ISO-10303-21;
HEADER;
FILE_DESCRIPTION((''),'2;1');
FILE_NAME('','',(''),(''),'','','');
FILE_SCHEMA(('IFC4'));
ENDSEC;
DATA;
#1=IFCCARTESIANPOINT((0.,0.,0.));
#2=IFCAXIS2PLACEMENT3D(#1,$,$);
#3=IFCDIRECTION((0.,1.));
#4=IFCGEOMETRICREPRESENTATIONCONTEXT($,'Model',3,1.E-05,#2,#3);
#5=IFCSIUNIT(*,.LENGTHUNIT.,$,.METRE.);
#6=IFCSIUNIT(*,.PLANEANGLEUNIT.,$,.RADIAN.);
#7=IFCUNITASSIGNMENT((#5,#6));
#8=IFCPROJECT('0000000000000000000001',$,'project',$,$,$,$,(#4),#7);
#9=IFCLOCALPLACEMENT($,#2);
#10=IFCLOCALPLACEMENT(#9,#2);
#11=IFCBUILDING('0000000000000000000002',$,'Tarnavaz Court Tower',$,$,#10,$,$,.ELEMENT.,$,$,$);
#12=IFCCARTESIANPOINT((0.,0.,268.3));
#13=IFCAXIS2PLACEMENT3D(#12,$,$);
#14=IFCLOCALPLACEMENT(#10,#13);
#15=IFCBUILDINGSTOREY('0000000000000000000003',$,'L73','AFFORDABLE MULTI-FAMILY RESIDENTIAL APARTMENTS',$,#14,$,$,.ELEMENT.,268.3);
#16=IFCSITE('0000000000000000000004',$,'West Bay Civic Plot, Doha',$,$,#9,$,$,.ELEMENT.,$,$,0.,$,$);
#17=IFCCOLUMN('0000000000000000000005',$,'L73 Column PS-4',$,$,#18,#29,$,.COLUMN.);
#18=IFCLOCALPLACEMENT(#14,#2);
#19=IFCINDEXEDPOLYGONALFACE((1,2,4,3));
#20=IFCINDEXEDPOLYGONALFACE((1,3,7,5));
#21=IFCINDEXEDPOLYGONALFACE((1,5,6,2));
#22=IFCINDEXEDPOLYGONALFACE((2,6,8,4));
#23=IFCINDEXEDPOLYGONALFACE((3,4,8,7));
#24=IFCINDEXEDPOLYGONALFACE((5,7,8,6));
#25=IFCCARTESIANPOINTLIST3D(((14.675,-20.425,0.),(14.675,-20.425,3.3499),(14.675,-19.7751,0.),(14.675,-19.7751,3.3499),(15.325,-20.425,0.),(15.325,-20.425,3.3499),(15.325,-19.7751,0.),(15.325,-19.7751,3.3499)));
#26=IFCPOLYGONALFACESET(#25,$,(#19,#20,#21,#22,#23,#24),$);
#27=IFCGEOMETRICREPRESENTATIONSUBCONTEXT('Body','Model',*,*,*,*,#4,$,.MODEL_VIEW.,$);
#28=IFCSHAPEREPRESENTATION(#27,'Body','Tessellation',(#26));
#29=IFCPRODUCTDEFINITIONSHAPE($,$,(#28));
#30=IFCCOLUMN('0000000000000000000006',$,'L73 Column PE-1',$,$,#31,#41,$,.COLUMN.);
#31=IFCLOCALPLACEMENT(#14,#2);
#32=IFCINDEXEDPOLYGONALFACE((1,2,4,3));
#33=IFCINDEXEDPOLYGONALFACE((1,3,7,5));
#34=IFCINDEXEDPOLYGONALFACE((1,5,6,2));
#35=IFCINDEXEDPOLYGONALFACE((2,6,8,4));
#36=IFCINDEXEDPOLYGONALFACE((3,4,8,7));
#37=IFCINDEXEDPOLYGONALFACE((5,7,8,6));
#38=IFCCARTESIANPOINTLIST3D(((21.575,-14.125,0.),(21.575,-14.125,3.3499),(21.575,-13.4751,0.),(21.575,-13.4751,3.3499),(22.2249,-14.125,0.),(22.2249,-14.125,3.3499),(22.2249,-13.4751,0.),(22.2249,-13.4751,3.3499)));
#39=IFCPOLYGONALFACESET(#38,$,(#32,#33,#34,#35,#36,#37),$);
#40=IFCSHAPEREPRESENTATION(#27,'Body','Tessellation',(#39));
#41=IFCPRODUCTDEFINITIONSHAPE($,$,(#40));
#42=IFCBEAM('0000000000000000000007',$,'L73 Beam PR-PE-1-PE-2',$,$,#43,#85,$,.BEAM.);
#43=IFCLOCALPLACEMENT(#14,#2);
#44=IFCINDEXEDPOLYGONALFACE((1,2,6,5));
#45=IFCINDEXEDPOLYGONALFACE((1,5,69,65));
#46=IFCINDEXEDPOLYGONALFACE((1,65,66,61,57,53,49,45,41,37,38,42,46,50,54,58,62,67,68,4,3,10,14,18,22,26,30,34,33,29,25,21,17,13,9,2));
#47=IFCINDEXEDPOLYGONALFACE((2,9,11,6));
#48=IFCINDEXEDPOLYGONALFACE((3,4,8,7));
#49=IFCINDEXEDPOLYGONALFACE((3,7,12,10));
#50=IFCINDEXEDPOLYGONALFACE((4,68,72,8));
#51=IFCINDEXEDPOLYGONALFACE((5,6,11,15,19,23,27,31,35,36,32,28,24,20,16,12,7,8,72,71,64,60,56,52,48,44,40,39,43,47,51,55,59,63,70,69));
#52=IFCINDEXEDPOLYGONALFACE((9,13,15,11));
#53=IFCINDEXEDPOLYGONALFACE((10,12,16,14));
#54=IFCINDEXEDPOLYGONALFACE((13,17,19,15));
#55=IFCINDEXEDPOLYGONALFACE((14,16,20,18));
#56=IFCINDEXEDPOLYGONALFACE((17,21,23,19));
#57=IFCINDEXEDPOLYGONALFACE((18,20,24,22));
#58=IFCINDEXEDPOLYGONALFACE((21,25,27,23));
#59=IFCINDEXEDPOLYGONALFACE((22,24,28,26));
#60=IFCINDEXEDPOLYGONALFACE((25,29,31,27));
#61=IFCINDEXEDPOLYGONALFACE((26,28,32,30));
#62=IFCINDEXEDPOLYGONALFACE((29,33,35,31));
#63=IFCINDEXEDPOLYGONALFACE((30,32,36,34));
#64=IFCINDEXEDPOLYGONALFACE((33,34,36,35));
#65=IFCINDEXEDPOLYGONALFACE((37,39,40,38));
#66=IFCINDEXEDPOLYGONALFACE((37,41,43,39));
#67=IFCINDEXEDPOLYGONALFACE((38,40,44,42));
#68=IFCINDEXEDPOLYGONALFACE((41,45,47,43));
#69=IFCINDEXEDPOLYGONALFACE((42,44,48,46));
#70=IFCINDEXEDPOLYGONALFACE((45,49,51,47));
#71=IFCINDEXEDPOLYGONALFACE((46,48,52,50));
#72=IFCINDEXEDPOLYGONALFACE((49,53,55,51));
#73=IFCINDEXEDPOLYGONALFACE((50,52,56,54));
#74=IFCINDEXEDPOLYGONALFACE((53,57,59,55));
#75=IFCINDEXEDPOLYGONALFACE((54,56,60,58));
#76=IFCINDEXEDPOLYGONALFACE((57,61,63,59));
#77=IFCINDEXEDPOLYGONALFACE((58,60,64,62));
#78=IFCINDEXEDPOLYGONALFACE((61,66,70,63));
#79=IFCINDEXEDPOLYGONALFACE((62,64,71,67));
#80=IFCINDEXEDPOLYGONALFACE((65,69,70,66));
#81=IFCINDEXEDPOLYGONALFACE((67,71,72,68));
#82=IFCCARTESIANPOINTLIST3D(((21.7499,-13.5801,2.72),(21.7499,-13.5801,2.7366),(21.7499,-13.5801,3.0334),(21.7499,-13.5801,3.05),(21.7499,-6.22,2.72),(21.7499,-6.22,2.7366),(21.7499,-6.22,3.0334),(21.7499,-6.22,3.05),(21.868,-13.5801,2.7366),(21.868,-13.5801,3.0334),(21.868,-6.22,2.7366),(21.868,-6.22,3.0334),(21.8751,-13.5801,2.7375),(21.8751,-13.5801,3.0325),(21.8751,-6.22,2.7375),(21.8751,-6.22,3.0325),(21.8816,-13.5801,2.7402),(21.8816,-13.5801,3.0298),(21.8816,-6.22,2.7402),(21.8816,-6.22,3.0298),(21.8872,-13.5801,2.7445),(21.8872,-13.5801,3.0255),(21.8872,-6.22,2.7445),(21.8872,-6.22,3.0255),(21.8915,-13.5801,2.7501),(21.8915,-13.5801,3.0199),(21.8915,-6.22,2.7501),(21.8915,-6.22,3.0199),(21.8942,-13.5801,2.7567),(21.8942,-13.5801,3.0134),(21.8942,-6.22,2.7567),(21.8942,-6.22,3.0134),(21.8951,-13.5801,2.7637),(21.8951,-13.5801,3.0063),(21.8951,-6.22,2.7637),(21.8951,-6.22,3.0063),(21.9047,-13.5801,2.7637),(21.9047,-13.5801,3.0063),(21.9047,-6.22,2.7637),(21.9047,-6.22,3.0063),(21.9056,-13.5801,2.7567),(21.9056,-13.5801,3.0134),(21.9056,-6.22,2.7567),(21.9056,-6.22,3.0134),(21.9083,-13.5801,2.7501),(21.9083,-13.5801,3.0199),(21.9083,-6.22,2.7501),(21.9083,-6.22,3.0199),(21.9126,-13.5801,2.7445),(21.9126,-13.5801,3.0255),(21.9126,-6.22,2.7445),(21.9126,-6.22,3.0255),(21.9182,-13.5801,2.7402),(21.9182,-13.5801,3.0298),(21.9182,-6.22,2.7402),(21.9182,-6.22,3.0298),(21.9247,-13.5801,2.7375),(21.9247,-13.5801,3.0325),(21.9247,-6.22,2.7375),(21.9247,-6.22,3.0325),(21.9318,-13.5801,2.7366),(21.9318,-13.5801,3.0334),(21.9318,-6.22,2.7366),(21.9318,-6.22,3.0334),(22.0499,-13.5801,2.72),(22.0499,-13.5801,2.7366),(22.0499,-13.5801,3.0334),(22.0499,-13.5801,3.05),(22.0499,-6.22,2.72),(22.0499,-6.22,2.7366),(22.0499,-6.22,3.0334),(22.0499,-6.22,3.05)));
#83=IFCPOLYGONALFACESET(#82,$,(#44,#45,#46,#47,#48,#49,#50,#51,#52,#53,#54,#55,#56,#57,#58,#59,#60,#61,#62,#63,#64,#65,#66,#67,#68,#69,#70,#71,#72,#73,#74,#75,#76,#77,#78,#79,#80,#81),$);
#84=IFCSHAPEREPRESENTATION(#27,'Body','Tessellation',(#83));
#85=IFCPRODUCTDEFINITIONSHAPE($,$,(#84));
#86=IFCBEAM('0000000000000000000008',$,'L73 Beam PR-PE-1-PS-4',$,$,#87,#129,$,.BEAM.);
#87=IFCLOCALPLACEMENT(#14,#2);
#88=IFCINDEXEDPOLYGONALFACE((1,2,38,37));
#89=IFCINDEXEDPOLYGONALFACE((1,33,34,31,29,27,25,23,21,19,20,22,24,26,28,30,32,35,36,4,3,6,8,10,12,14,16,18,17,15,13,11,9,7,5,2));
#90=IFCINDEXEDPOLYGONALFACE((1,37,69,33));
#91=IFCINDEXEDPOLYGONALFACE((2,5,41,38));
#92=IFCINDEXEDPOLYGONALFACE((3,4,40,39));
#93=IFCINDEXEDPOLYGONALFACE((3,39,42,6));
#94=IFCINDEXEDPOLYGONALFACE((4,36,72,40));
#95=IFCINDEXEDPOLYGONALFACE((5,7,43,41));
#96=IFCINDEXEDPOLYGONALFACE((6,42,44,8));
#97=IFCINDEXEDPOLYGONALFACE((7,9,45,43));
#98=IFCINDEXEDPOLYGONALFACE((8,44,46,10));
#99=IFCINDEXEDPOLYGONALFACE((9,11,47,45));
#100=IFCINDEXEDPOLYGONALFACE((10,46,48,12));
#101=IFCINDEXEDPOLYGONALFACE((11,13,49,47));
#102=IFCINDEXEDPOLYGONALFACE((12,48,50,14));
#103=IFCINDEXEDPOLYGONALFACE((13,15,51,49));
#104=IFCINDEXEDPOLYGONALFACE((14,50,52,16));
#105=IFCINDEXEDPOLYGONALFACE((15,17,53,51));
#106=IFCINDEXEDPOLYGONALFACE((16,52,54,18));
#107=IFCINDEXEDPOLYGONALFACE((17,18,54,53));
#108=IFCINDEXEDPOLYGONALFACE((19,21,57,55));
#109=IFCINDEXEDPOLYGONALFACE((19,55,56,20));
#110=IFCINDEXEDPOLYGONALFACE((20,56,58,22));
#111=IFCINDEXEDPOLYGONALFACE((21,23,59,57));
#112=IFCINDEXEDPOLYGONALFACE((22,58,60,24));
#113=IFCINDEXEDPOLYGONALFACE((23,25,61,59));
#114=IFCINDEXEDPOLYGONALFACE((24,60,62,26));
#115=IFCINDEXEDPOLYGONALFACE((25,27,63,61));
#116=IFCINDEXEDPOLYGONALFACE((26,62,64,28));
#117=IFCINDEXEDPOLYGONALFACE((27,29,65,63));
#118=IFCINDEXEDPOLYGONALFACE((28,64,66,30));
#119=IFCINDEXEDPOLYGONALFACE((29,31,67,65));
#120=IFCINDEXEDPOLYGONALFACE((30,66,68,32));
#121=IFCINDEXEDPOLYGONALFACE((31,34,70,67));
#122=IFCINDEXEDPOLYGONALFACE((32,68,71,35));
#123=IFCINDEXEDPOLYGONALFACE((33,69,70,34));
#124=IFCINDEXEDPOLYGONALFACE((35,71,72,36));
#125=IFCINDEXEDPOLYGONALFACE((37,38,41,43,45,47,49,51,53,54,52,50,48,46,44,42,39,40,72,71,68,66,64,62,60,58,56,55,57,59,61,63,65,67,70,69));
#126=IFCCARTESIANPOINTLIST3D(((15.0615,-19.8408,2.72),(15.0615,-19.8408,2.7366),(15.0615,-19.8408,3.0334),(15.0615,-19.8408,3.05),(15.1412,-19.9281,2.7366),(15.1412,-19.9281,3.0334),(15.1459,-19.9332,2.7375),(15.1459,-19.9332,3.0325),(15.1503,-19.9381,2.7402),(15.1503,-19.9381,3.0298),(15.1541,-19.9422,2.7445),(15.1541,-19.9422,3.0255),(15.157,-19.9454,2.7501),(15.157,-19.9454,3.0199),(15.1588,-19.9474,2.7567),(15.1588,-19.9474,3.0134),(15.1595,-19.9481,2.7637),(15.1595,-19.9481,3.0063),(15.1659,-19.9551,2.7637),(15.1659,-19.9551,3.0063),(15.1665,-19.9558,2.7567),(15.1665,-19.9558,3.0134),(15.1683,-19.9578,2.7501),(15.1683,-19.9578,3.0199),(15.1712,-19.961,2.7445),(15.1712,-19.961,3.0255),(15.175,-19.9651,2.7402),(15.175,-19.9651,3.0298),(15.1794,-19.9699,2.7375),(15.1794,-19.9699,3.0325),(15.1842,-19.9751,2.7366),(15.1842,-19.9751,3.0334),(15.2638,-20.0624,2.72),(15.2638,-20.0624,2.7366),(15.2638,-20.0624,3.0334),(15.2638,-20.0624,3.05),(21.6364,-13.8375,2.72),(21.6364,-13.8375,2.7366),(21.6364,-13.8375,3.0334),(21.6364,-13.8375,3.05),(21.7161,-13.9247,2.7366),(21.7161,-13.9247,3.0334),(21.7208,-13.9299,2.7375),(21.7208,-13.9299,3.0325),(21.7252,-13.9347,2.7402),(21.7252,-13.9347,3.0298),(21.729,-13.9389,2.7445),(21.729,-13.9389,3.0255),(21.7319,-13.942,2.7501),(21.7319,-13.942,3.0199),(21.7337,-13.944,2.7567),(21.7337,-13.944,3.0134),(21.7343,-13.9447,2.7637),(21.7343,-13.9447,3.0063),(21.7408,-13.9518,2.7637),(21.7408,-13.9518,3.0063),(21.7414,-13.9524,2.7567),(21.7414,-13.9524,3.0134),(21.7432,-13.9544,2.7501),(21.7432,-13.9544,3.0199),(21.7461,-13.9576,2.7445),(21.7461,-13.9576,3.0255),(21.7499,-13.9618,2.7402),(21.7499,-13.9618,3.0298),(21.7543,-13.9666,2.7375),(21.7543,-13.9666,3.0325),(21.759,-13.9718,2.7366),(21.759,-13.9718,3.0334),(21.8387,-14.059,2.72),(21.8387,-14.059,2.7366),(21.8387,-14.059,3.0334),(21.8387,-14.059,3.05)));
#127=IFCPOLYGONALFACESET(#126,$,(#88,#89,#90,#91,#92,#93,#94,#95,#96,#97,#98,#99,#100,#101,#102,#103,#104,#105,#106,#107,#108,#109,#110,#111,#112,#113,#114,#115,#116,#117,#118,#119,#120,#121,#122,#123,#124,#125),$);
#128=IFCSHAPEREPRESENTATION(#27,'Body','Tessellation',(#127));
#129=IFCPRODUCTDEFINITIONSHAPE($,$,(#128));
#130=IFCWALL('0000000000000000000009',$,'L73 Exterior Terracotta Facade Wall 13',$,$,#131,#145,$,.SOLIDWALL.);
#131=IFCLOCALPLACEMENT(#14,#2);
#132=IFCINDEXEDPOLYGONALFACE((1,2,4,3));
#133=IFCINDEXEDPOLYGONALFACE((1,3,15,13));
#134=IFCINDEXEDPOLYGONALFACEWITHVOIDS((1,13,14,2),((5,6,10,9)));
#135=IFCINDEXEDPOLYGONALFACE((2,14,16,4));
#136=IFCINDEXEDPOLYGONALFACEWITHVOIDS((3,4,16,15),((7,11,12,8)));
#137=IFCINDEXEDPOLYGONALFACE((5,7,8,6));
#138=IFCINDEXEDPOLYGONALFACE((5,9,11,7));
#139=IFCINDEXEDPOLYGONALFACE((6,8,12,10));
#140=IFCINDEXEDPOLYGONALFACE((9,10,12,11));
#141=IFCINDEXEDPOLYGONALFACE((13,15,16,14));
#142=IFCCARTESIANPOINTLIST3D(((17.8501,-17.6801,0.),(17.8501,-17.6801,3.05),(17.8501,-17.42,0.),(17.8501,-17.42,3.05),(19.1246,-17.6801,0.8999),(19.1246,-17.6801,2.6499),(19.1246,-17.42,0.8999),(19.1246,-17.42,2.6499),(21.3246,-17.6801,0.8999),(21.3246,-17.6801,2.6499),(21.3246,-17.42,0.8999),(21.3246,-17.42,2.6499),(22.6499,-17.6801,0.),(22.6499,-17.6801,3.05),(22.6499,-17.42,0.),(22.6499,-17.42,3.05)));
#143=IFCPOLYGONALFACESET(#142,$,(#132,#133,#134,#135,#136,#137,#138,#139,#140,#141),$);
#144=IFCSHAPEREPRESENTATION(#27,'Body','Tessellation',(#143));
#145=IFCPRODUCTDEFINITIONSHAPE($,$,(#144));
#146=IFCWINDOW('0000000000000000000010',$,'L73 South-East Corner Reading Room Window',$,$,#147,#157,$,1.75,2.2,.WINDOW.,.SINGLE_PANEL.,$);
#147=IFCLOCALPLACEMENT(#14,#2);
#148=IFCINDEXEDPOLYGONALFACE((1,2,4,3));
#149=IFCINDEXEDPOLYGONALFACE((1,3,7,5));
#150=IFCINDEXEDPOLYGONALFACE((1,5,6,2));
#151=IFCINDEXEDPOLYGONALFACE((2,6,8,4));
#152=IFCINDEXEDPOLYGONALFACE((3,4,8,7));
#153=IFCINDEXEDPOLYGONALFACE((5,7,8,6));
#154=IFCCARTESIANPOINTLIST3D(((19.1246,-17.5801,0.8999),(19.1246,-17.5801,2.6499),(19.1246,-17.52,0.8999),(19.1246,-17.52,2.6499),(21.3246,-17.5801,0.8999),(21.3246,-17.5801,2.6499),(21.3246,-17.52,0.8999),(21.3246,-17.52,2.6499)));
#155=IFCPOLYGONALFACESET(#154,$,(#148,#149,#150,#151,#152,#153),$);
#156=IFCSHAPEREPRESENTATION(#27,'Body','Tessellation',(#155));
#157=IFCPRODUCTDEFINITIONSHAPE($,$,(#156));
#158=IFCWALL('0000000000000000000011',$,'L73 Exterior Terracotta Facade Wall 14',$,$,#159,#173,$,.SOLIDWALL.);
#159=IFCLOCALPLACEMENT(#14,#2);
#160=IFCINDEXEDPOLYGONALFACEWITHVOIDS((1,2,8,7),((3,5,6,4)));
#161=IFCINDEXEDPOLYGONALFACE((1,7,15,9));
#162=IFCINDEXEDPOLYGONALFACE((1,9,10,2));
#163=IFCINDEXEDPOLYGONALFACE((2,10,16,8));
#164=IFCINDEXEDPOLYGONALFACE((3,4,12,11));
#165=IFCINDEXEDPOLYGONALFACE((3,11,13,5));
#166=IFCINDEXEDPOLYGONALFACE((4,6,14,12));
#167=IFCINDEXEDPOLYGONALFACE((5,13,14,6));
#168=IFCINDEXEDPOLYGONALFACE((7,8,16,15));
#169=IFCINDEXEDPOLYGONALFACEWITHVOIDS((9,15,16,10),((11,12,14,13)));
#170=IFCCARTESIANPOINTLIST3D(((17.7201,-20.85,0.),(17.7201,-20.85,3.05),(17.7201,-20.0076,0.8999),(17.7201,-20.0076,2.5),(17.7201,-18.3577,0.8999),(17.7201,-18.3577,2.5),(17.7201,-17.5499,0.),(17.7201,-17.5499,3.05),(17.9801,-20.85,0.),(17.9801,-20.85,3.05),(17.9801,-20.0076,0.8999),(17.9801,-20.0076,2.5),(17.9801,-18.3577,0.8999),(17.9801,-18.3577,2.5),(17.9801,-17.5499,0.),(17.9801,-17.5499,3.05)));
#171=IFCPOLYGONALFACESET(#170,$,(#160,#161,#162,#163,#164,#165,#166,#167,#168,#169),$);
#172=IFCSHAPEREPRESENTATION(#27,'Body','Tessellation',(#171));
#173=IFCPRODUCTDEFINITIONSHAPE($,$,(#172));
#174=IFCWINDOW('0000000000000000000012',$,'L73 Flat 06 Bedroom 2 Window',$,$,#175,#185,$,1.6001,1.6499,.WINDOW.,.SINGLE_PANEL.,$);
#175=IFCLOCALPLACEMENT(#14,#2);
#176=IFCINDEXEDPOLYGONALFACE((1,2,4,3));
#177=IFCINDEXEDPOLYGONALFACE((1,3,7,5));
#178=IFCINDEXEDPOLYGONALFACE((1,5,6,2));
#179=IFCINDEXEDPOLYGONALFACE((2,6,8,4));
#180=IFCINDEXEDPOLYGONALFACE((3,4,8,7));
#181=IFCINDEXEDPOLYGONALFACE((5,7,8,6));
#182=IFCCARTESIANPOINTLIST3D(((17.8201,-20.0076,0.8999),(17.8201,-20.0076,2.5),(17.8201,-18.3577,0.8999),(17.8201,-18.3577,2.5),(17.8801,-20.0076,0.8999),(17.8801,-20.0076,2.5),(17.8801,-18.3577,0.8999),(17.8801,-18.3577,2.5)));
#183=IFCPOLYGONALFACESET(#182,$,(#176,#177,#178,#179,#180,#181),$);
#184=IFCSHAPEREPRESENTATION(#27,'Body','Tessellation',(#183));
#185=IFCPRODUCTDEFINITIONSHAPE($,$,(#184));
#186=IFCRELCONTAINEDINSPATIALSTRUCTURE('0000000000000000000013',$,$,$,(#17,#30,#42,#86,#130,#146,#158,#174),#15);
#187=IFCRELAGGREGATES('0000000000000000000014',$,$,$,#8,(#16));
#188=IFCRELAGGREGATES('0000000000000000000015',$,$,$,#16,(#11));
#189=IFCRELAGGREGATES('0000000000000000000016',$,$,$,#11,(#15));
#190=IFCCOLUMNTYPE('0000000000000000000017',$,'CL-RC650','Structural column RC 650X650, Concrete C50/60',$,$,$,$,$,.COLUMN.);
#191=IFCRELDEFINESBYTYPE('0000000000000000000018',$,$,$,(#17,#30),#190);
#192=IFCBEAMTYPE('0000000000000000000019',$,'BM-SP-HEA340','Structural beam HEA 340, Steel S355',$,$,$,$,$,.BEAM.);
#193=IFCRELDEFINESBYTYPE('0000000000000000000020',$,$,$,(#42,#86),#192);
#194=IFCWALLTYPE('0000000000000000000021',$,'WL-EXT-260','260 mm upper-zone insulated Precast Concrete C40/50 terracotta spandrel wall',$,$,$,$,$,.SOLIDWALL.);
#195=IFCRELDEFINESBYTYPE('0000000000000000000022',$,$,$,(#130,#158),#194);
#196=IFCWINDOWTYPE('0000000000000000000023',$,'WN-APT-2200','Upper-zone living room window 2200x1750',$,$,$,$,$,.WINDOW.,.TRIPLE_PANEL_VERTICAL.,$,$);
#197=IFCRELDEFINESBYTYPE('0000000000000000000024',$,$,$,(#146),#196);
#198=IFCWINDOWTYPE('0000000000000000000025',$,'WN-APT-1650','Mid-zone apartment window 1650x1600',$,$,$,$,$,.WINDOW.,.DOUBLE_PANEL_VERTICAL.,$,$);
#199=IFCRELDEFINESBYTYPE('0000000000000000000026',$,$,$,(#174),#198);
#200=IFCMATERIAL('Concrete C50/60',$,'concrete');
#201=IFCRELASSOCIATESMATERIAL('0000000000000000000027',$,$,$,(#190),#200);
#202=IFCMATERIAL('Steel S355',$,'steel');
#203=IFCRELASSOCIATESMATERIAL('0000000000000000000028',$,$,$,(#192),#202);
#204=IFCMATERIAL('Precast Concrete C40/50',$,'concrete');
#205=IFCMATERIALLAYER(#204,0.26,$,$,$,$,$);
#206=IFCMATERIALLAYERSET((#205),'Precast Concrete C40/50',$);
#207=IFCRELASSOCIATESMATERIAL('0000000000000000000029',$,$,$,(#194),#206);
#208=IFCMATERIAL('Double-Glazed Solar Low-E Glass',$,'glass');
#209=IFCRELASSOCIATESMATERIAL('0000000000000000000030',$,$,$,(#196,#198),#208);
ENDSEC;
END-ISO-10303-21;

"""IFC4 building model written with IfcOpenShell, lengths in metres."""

from ifc_helpers import new_model, si_unit, direction, frame, frame_2d, origin, origin_2d, place, context, subcontext, project, spatial, rectangle, i_section, extrude, material, layer, layer_set, material_profile, profile_set, type_object, element, fill, save


model = new_model("IFC4")

# Units and contexts
model_context = context("Model", 3, precision=1e-05, world=origin(), true_north=direction((0.0, 1.0)))
body_context = subcontext(model_context, "Body", "Model", "MODEL_VIEW")
ifc_project = project(units=[si_unit("LENGTHUNIT", "METRE"), si_unit("PLANEANGLEUNIT", "RADIAN")], contexts=[model_context])

# Site, building, storey
site_placement = place(None, origin())
site = spatial("IfcSite", under=ifc_project, at=site_placement, Name="West Bay Civic Plot, Doha", CompositionType="ELEMENT", RefElevation=0.0)
building_placement = place(site_placement, origin())
building = spatial("IfcBuilding", under=site, at=building_placement, Name="Tarnavaz Court Tower", CompositionType="ELEMENT")
storey_placement = place(building_placement, frame((0.0, 0.0, 268.3)))
storey = spatial("IfcBuildingStorey", under=building, at=storey_placement, Name="L73", Description="AFFORDABLE MULTI-FAMILY RESIDENTIAL APARTMENTS", CompositionType="ELEMENT", Elevation=268.3)

# Columns
ifc_material_1 = material(Name="Concrete C50/60", Category="concrete")
ifc_material_profile_1 = material_profile(ifc_material_1, rectangle(XDim=0.6499, YDim=0.6499, at=origin_2d()), Name="RC 650X650")
ifc_profile_set_1 = profile_set([ifc_material_profile_1], Name="Concrete C50/60")
column_type = type_object("IfcColumnType", Name="CL-RC650", Description="Structural column RC 650X650, Concrete C50/60", PredefinedType="COLUMN", material=ifc_profile_set_1)
for number, where, z_axis, x_axis, name in (
    (1, (15.0, -20.1001, 0.0), (0.0, 0.0, 1.0), (1.0, 0.0, 0.0), "L73 Column PS-4"),
    (2, (21.8999, -13.8, 0.0), (0.0, 0.0, 1.0), (1.0, 0.0, 0.0), "L73 Column PE-1"),
):
    element("IfcColumn", number, at=place(storey_placement, frame(where, z_axis=z_axis, x_axis=x_axis)), inside=storey, type_object=column_type, Name=name, PredefinedType="COLUMN", context=body_context, shape_type="SweptSolid", body=[
        extrude(rectangle(XDim=0.6499, YDim=0.6499, at=origin_2d()), origin(), (0.0, 0.0, 1.0), 3.3499),
    ])

# Beams
ifc_material_2 = material(Name="Steel S355", Category="steel")
ifc_material_profile_2 = material_profile(ifc_material_2, i_section(OverallWidth=0.3, OverallDepth=0.3301, WebThickness=0.0095, FlangeThickness=0.0166, FilletRadius=0.0271, at=origin_2d()), Name="HEA 340")
ifc_profile_set_2 = profile_set([ifc_material_profile_2], Name="Steel S355")
beam_type = type_object("IfcBeamType", Name="BM-SP-HEA340", Description="Structural beam HEA 340, Steel S355", PredefinedType="BEAM", material=ifc_profile_set_2)
beam_1_placement = place(storey_placement, frame((21.8999, -13.5801, 2.885), z_axis=(0.0, 1.0, 0.0), x_axis=(-1.0, 0.0, 0.0)))
element("IfcBeam", 3, at=beam_1_placement, inside=storey, type_object=beam_type, Name="L73 Beam PR-PE-1-PE-2", PredefinedType="BEAM", context=body_context, shape_type="SweptSolid", body=[
    extrude(i_section(OverallWidth=0.3, OverallDepth=0.3301, WebThickness=0.0095, FlangeThickness=0.0166, FilletRadius=0.0271, at=origin_2d()), origin(), (0.0, 0.0, 1.0), 7.3601),
])
beam_2_placement = place(storey_placement, frame((21.7375, -13.9482, 2.885), z_axis=(-0.738474, -0.674282, 0.0), x_axis=(0.674282, -0.738474, 0.0)))
element("IfcBeam", 4, at=beam_2_placement, inside=storey, type_object=beam_type, Name="L73 Beam PR-PE-1-PS-4", PredefinedType="BEAM", context=body_context, shape_type="SweptSolid", body=[
    extrude(i_section(OverallWidth=0.3, OverallDepth=0.3301, WebThickness=0.0095, FlangeThickness=0.0166, FilletRadius=0.0271, at=origin_2d()), origin(), (0.0, 0.0, 1.0), 8.9033),
])

# Walls, openings, windows
ifc_material_3 = material(Name="Precast Concrete C40/50", Category="concrete")
ifc_layer_1 = layer(ifc_material_3, 0.26)
ifc_layer_set_1 = layer_set([ifc_layer_1], Name="Precast Concrete C40/50")
wall_type_1 = type_object("IfcWallType", Name="WL-EXT-260", Description="260 mm upper-zone insulated Precast Concrete C40/50 terracotta spandrel wall", PredefinedType="SOLIDWALL", material=ifc_layer_set_1)
wall_1_placement = place(storey_placement, frame((22.6499, -17.55, 0.0), z_axis=(0.0, 0.0, 1.0), x_axis=(-1.0, 0.0, 0.0)))
wall_1 = element("IfcWall", 5, at=wall_1_placement, inside=storey, type_object=wall_type_1, Name="L73 Exterior Terracotta Facade Wall 13", PredefinedType="SOLIDWALL", context=body_context, shape_type="SweptSolid", body=[
    extrude(rectangle(XDim=4.7998, YDim=0.26, at=frame_2d((2.3999, 0.0))), origin(), (0.0, 0.0, 1.0), 3.05),
])
opening_1_placement = place(wall_1_placement, frame((1.3252, 0.0, 0.8999)))
opening_1 = element("IfcOpeningElement", 6, at=opening_1_placement, cuts=wall_1, PredefinedType="OPENING", context=body_context, shape_type="SweptSolid", body=[
    extrude(rectangle(XDim=2.2, YDim=1.75, at=frame_2d((1.1001, 0.875))), frame((0.0, 0.1399, 0.0), z_axis=(0.0, -1.0, 0.0), x_axis=(1.0, 0.0, 0.0)), (0.0, 0.0, 1.0), 0.28),
])
ifc_material_4 = material(Name="Double-Glazed Solar Low-E Glass", Category="glass")
window_type_1 = type_object("IfcWindowType", Name="WN-APT-2200", Description="Upper-zone living room window 2200x1750", PartitioningType="TRIPLE_PANEL_VERTICAL", PredefinedType="WINDOW", material=ifc_material_4)
window_1_placement = place(opening_1_placement, origin())
window_1 = element("IfcWindow", 7, at=window_1_placement, inside=storey, type_object=window_type_1, Name="L73 South-East Corner Reading Room Window", OverallHeight=1.75, OverallWidth=2.2, PartitioningType="SINGLE_PANEL", PredefinedType="WINDOW", context=body_context, shape_type="SweptSolid", body=[
    extrude(rectangle(XDim=2.2, YDim=1.75, at=frame_2d((1.1001, 0.875))), frame((0.0, 0.03, 0.0), z_axis=(0.0, -1.0, 0.0), x_axis=(1.0, 0.0, 0.0)), (0.0, 0.0, 1.0), 0.0601),
])
fill(opening_1, window_1)
wall_2_placement = place(storey_placement, frame((17.8501, -17.55, 0.0), z_axis=(0.0, 0.0, 1.0), x_axis=(0.0, -1.0, 0.0)))
wall_2 = element("IfcWall", 8, at=wall_2_placement, inside=storey, type_object=wall_type_1, Name="L73 Exterior Terracotta Facade Wall 14", PredefinedType="SOLIDWALL", context=body_context, shape_type="SweptSolid", body=[
    extrude(rectangle(XDim=3.3, YDim=0.26, at=frame_2d((1.6499, 0.0))), origin(), (0.0, 0.0, 1.0), 3.05),
])
opening_2_placement = place(wall_2_placement, frame((0.8076, 0.0, 0.8999)))
opening_2 = element("IfcOpeningElement", 9, at=opening_2_placement, cuts=wall_2, PredefinedType="OPENING", context=body_context, shape_type="SweptSolid", body=[
    extrude(rectangle(XDim=1.6499, YDim=1.6001, at=frame_2d((0.825, 0.8))), frame((0.0, 0.1399, 0.0), z_axis=(0.0, -1.0, 0.0), x_axis=(1.0, 0.0, 0.0)), (0.0, 0.0, 1.0), 0.28),
])
window_type_2 = type_object("IfcWindowType", Name="WN-APT-1650", Description="Mid-zone apartment window 1650x1600", PartitioningType="DOUBLE_PANEL_VERTICAL", PredefinedType="WINDOW", material=ifc_material_4)
window_2_placement = place(opening_2_placement, origin())
window_2 = element("IfcWindow", 10, at=window_2_placement, inside=storey, type_object=window_type_2, Name="L73 Flat 06 Bedroom 2 Window", OverallHeight=1.6001, OverallWidth=1.6499, PartitioningType="SINGLE_PANEL", PredefinedType="WINDOW", context=body_context, shape_type="SweptSolid", body=[
    extrude(rectangle(XDim=1.6499, YDim=1.6001, at=frame_2d((0.825, 0.8))), frame((0.0, 0.03, 0.0), z_axis=(0.0, -1.0, 0.0), x_axis=(1.0, 0.0, 0.0)), (0.0, 0.0, 1.0), 0.0601),
])
fill(opening_2, window_2)

save(model, "model.ifc")
